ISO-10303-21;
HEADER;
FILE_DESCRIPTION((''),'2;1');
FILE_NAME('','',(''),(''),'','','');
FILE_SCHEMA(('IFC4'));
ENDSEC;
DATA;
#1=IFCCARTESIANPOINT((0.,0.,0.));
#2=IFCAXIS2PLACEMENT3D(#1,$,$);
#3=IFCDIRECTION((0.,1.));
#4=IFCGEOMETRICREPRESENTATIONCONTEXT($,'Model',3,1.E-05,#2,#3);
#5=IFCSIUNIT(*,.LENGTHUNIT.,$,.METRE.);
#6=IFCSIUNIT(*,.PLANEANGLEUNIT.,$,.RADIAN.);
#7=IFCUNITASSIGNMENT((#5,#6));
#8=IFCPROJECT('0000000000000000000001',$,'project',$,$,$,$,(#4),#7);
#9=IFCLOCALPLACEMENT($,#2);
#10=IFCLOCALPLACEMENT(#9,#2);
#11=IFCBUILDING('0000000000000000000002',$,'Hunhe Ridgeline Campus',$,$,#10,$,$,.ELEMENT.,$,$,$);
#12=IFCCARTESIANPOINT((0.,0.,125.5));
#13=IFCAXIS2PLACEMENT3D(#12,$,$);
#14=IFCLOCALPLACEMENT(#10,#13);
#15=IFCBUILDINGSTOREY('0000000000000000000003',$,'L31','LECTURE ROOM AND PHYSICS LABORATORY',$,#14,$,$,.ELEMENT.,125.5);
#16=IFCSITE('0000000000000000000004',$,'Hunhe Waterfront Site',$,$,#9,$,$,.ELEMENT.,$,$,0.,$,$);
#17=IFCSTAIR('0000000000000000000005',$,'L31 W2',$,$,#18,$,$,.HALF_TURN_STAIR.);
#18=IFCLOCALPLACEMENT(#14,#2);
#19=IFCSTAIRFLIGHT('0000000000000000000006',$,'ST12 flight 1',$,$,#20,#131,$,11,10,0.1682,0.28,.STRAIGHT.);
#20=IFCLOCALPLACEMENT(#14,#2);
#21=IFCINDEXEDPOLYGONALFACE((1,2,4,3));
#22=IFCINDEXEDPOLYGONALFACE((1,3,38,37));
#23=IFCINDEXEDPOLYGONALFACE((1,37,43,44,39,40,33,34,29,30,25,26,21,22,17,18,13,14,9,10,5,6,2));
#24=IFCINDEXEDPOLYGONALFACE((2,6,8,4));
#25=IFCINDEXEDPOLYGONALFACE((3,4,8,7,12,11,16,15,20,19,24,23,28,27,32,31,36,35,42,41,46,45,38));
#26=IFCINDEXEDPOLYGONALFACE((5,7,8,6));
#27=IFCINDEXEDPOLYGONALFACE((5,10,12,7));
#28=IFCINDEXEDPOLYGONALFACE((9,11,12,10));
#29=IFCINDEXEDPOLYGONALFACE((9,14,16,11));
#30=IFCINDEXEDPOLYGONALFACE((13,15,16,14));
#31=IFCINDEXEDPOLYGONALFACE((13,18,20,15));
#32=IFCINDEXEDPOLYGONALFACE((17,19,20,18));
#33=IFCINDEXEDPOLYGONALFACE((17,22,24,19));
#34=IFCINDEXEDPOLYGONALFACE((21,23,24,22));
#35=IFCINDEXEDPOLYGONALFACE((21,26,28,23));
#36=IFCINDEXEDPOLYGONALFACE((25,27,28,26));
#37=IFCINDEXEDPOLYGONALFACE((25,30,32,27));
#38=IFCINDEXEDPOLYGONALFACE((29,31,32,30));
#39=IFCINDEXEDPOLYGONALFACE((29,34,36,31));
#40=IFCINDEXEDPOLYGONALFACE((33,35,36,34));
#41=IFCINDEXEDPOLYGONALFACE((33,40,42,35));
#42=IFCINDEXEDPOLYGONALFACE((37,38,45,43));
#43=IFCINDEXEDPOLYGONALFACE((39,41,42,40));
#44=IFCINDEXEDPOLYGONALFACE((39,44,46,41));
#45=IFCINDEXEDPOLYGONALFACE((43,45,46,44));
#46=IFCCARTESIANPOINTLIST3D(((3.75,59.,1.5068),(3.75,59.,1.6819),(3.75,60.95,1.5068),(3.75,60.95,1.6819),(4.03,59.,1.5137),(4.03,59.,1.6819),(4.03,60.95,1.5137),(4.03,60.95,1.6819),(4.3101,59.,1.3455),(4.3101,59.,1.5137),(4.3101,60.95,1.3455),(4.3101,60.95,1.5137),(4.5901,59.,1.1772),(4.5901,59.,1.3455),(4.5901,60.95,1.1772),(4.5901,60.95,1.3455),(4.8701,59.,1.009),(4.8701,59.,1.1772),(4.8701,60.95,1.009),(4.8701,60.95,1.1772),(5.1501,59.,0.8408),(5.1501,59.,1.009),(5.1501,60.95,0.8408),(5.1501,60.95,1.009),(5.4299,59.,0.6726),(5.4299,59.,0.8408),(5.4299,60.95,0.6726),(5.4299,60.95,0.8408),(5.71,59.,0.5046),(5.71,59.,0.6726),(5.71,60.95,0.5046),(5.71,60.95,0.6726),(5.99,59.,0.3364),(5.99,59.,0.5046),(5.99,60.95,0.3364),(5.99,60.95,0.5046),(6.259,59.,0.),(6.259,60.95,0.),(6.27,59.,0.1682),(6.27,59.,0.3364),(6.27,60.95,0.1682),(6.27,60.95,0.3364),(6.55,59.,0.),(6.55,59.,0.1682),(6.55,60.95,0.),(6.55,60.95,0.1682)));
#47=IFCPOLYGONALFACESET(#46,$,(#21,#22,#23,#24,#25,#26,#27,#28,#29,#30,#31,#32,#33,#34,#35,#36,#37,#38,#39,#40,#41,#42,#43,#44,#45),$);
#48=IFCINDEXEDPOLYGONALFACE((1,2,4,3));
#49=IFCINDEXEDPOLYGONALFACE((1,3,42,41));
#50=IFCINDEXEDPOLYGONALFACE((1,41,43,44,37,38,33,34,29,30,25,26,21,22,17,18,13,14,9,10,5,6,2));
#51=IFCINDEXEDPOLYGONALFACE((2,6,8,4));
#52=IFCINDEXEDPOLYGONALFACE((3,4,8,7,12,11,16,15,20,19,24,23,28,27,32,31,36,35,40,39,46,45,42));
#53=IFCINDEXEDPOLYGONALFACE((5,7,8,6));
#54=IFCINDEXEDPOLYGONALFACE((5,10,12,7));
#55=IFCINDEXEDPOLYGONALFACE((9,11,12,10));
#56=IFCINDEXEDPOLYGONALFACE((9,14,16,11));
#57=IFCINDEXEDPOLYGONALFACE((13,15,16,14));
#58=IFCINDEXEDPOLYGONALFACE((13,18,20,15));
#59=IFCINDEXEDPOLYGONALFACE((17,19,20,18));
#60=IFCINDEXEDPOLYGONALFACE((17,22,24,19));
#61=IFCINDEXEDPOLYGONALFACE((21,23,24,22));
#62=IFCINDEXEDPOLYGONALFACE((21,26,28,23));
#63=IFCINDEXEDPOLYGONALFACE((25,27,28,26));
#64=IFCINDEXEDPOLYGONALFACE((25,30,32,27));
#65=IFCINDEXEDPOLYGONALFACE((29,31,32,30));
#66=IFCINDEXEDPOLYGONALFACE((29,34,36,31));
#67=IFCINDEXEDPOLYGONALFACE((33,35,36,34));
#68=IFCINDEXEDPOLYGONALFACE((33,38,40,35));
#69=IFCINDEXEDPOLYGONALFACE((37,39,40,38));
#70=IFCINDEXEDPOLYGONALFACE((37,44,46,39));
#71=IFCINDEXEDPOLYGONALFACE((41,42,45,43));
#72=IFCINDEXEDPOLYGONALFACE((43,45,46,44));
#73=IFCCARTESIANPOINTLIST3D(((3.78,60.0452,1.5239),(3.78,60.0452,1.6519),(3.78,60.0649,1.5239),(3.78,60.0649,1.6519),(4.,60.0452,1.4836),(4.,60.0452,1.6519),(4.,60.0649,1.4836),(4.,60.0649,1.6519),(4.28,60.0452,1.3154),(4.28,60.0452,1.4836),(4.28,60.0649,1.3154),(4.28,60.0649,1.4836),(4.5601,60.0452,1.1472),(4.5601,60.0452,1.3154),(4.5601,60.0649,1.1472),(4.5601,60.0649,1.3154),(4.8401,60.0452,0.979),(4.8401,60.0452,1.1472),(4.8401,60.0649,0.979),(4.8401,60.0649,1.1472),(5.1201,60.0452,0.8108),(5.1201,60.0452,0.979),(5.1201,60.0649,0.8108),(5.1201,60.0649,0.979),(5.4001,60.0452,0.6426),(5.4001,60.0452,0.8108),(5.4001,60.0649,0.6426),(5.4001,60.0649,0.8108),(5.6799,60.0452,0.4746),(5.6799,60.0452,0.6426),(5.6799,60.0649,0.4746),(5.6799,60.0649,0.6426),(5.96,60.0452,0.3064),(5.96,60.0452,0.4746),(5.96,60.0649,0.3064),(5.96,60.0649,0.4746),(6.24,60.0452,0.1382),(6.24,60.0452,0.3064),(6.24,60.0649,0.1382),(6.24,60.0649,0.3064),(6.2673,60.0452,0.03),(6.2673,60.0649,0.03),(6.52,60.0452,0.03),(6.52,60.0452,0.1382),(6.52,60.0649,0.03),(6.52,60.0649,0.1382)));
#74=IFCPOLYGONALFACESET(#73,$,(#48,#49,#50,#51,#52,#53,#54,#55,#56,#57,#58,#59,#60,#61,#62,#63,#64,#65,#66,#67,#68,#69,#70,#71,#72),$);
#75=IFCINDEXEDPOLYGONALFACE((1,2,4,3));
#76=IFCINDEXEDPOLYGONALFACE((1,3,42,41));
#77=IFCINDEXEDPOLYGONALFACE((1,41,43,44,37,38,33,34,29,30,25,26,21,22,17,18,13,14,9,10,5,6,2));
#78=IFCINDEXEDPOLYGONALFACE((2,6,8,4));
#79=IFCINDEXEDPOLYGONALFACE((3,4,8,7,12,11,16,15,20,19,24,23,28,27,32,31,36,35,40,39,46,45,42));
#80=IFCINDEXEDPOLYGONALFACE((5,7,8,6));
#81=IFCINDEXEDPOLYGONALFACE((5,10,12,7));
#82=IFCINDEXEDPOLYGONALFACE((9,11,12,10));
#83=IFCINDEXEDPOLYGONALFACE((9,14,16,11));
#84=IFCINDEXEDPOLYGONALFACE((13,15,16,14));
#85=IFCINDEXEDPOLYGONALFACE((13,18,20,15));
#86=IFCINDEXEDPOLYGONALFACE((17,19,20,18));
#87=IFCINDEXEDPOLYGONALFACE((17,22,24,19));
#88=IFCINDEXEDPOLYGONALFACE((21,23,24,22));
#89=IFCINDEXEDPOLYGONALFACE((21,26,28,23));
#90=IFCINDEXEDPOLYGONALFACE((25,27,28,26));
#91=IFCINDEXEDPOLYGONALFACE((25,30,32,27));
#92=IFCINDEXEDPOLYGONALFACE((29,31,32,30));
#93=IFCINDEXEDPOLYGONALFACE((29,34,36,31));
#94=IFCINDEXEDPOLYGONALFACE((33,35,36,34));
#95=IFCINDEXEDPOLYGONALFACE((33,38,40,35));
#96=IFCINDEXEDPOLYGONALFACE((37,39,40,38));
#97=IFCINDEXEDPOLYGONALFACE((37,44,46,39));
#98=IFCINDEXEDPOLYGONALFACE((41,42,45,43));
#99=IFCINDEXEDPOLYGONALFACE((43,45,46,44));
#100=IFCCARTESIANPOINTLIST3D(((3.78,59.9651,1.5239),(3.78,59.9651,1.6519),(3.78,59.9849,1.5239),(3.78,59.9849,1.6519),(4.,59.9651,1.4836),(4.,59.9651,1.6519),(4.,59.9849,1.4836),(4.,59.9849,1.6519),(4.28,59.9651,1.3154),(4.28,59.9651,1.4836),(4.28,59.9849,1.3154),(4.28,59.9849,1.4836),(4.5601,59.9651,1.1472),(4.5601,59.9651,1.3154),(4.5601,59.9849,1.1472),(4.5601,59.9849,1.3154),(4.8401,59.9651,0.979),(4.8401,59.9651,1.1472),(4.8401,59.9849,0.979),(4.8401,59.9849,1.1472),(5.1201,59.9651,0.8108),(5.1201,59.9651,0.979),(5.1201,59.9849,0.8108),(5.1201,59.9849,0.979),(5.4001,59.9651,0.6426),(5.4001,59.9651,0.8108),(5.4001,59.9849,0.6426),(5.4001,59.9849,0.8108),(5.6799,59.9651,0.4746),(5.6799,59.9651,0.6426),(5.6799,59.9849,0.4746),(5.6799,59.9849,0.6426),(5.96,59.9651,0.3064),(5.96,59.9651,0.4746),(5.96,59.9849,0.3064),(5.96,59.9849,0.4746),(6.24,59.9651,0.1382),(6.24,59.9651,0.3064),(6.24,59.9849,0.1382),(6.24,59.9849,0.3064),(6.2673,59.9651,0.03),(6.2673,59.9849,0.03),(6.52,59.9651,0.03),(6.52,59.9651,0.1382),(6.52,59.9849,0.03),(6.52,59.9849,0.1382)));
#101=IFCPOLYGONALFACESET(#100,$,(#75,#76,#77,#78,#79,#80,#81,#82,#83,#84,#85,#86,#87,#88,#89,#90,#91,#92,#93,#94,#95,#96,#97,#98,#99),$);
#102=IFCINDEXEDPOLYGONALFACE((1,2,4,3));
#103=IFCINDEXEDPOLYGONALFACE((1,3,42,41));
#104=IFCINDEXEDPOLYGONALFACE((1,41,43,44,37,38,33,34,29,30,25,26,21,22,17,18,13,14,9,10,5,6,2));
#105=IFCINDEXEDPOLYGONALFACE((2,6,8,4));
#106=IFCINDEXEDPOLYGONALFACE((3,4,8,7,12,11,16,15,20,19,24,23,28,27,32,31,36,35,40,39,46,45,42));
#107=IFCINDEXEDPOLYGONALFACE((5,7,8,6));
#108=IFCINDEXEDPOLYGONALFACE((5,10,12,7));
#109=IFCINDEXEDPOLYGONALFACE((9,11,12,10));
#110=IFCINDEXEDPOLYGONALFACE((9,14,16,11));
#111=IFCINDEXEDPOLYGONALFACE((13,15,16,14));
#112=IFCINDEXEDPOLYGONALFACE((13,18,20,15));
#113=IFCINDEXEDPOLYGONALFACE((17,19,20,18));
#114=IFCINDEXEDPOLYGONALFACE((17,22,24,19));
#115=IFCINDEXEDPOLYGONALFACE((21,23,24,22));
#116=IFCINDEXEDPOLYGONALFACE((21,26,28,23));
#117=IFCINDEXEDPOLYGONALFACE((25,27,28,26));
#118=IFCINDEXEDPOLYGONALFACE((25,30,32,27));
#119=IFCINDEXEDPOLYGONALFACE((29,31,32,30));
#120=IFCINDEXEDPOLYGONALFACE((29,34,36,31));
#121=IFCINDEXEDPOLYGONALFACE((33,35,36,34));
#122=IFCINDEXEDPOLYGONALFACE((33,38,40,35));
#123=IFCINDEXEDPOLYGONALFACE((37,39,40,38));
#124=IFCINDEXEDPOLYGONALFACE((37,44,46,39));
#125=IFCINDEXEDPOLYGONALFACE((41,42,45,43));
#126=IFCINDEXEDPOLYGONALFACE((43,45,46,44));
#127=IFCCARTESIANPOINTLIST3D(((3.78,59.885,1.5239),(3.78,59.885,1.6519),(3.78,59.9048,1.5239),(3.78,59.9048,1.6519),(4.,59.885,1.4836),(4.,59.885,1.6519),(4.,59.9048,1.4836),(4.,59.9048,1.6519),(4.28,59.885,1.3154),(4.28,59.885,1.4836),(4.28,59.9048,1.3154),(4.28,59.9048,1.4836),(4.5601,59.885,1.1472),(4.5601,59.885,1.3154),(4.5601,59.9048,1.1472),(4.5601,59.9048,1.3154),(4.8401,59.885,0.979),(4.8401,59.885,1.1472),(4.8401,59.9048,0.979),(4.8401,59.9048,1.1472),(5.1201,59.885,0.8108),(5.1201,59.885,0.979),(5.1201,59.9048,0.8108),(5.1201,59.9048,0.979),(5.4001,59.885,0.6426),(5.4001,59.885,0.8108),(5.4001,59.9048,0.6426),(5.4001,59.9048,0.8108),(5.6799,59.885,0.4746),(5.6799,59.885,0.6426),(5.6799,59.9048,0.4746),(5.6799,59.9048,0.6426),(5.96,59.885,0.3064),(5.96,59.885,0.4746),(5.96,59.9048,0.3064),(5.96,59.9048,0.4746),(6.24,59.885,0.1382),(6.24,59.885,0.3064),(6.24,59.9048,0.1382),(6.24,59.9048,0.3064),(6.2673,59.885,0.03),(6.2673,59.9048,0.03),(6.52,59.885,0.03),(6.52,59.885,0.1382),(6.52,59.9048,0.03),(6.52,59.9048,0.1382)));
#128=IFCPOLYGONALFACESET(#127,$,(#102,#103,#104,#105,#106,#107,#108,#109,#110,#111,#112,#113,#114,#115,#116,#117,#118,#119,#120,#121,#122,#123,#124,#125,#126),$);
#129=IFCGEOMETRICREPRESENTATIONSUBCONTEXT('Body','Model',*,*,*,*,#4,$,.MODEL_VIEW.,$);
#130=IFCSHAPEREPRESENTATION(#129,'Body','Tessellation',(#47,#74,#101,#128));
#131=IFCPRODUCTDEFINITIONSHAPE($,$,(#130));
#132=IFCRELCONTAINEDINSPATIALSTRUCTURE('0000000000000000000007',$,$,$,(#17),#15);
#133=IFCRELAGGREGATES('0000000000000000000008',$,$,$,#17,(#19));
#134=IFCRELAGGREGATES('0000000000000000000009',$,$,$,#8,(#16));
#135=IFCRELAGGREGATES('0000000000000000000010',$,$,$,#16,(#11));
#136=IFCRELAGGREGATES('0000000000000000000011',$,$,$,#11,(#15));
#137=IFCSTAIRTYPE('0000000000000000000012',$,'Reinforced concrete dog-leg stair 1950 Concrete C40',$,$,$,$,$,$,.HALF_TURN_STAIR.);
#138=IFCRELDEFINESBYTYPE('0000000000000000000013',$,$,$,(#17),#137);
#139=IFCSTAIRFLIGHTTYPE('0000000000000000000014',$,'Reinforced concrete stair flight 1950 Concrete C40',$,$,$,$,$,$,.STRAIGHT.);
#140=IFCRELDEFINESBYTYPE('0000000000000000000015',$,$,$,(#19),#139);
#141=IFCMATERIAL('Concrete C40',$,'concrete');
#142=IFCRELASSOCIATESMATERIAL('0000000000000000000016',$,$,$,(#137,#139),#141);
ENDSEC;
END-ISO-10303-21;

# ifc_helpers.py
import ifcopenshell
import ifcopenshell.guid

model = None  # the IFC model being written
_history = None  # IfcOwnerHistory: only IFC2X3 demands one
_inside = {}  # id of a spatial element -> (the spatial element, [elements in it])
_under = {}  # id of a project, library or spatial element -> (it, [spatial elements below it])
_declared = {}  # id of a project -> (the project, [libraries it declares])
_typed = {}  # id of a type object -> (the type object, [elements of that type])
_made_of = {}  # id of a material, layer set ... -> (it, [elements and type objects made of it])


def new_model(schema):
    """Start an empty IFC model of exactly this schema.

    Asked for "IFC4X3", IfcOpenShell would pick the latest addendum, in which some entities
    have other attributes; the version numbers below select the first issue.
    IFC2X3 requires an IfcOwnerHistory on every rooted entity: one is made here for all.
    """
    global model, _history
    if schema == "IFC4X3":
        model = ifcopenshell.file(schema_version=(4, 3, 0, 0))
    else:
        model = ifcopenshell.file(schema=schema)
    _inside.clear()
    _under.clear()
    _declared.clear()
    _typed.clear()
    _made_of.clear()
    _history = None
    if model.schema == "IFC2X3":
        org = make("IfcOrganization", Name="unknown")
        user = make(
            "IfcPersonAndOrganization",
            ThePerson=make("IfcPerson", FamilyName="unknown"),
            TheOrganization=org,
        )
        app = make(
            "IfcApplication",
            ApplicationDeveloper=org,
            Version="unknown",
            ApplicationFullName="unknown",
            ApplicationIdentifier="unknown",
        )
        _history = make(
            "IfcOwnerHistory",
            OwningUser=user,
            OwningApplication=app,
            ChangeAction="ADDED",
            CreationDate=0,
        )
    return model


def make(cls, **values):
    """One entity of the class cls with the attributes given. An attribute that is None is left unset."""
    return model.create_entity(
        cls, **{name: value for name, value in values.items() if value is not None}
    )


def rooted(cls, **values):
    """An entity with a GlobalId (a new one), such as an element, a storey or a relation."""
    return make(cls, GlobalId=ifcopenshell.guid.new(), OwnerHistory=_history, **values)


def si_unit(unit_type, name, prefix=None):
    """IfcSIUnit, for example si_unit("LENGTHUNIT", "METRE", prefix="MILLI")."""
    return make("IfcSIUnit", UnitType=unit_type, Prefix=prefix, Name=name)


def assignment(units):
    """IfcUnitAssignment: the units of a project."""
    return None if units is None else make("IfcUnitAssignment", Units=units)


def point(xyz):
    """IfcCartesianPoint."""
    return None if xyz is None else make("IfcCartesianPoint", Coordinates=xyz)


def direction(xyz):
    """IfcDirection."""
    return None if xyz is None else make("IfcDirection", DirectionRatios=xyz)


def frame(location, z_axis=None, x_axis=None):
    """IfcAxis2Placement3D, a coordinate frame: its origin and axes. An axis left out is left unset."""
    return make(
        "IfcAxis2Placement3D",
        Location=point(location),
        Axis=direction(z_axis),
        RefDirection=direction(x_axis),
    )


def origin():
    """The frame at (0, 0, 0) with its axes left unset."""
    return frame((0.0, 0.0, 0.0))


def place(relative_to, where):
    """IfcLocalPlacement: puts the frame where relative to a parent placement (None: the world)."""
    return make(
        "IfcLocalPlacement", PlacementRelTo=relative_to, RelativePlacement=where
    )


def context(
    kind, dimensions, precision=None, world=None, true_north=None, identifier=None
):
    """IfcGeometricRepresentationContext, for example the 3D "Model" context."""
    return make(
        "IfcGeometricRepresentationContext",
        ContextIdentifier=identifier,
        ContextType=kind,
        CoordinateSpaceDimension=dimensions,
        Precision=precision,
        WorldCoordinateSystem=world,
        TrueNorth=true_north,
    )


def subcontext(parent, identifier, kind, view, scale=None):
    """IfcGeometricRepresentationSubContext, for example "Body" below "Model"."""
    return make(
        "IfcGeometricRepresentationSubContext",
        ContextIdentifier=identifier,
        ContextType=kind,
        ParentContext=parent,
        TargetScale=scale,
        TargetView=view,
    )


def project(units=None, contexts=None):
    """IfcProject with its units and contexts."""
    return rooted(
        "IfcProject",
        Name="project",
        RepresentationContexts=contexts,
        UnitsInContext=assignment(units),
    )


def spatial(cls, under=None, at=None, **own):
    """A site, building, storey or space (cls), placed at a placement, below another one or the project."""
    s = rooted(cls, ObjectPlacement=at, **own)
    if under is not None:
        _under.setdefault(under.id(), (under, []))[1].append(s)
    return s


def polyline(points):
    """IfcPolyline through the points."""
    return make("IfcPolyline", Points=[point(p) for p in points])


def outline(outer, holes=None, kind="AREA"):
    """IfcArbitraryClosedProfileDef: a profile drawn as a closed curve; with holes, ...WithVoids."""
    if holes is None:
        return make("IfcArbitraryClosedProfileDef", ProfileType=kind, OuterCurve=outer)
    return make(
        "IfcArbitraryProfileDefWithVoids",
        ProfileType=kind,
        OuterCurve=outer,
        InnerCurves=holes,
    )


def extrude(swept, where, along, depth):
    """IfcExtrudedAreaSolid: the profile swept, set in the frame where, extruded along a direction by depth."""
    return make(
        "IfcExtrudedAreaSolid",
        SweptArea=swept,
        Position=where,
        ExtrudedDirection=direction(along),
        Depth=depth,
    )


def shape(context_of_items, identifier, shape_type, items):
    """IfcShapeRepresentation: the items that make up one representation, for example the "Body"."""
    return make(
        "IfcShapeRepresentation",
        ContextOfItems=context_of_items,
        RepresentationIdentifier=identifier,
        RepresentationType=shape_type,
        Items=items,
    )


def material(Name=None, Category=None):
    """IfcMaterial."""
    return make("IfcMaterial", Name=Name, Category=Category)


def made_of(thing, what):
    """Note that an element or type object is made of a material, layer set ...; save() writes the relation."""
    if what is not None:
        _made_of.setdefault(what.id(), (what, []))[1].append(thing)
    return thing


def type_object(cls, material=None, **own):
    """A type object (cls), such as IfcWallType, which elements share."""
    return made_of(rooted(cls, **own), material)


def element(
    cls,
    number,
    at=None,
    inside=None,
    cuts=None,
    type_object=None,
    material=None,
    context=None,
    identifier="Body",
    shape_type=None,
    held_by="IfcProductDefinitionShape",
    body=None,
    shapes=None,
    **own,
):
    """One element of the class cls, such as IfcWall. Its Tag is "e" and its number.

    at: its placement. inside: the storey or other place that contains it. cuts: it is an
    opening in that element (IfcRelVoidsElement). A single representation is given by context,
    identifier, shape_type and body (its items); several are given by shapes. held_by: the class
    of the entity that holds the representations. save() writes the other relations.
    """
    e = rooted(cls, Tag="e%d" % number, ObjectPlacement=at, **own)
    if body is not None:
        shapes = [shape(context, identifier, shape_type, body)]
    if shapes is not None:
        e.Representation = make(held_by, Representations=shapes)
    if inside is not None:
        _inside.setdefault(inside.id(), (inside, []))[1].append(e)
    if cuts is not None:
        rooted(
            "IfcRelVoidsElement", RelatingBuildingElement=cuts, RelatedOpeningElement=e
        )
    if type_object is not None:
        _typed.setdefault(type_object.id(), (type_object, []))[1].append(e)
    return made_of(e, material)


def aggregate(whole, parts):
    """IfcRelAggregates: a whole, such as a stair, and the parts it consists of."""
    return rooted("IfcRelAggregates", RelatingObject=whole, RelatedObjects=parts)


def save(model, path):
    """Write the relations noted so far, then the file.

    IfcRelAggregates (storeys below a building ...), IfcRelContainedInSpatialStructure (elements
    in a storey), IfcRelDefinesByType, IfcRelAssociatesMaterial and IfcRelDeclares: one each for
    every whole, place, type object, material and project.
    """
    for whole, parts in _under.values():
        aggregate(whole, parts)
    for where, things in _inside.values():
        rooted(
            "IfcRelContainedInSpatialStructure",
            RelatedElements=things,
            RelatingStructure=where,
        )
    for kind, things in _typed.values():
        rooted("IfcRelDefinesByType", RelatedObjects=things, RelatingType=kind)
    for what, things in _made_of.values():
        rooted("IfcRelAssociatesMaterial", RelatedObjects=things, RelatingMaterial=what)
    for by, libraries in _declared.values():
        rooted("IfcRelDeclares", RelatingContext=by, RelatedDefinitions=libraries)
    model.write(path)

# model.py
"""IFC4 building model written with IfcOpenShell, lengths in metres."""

from ifc_helpers import new_model, si_unit, direction, frame, origin, place, context, subcontext, project, spatial, polyline, outline, extrude, material, type_object, element, aggregate, save


model = new_model("IFC4")

# Units and contexts
model_context = context("Model", 3, precision=1e-05, world=origin(), true_north=direction((0.0, 1.0)))
body_context = subcontext(model_context, "Body", "Model", "MODEL_VIEW")
ifc_project = project(units=[si_unit("LENGTHUNIT", "METRE"), si_unit("PLANEANGLEUNIT", "RADIAN")], contexts=[model_context])

# Site, building, storey
site_placement = place(None, origin())
site = spatial("IfcSite", under=ifc_project, at=site_placement, Name="Hunhe Waterfront Site", CompositionType="ELEMENT", RefElevation=0.0)
building_placement = place(site_placement, origin())
building = spatial("IfcBuilding", under=site, at=building_placement, Name="Hunhe Ridgeline Campus", CompositionType="ELEMENT")
storey_placement = place(building_placement, frame((0.0, 0.0, 125.5)))
storey = spatial("IfcBuildingStorey", under=building, at=storey_placement, Name="L31", Description="LECTURE ROOM AND PHYSICS LABORATORY", CompositionType="ELEMENT", Elevation=125.5)

# Stair, stair flight
ifc_material_1 = material(Name="Concrete C40", Category="concrete")
stair_type = type_object("IfcStairType", Name="Reinforced concrete dog-leg stair 1950 Concrete C40", PredefinedType="HALF_TURN_STAIR", material=ifc_material_1)
stair_placement = place(storey_placement, origin())
stair = element("IfcStair", 1, at=stair_placement, inside=storey, type_object=stair_type, Name="L31 W2", PredefinedType="HALF_TURN_STAIR")
stair_flight_type = type_object("IfcStairFlightType", Name="Reinforced concrete stair flight 1950 Concrete C40", PredefinedType="STRAIGHT", material=ifc_material_1)
stair_flight_1_placement = place(storey_placement, frame((6.55, 59.9751, 0.0), z_axis=(0.0, 0.0, 1.0), x_axis=(-1.0, 0.0, 0.0)))
stair_flight_1 = element("IfcStairFlight", 2, at=stair_flight_1_placement, type_object=stair_flight_type, Name="ST12 flight 1", NumberOfRisers=11, NumberOfTreads=10, PredefinedType="STRAIGHT", RiserHeight=0.1682, TreadLength=0.28, context=body_context, shape_type="SweptSolid", body=[
    extrude(outline(polyline([(0.0, 0.0), (0.0, 0.1682), (0.28, 0.1682), (0.28, 0.3364), (0.5601, 0.3364), (0.5601, 0.5046), (0.8401, 0.5046), (0.8401, 0.6726), (1.1201, 0.6726), (1.1201, 0.8408), (1.3999, 0.8408), (1.3999, 1.009), (1.6799, 1.009), (1.6799, 1.1772), (1.96, 1.1772), (1.96, 1.3455), (2.24, 1.3455), (2.24, 1.5137), (2.52, 1.5137), (2.52, 1.6819), (2.8, 1.6819), (2.8, 1.8501), (2.8, 1.5068), (0.291, 0.0), (0.0, 0.0)])), frame((0.0, 0.9751, 0.0), z_axis=(0.0, -1.0, 0.0), x_axis=(1.0, 0.0, 0.0)), (0.0, 0.0, 1.0), 1.95),
    extrude(outline(polyline([(0.03, 0.03), (0.03, 0.1382), (0.3101, 0.1382), (0.3101, 0.3064), (0.5901, 0.3064), (0.5901, 0.4746), (0.8701, 0.4746), (0.8701, 0.6426), (1.1499, 0.6426), (1.1499, 0.8108), (1.4299, 0.8108), (1.4299, 0.979), (1.71, 0.979), (1.71, 1.1472), (1.99, 1.1472), (1.99, 1.3154), (2.27, 1.3154), (2.27, 1.4836), (2.55, 1.4836), (2.55, 1.6519), (2.77, 1.6519), (2.77, 1.5239), (0.2827, 0.03), (0.03, 0.03)])), frame((0.0, -0.0701, 0.0), z_axis=(0.0, -1.0, 0.0), x_axis=(1.0, 0.0, 0.0)), (0.0, 0.0, 1.0), 0.0198),
    extrude(outline(polyline([(0.03, 0.03), (0.03, 0.1382), (0.3101, 0.1382), (0.3101, 0.3064), (0.5901, 0.3064), (0.5901, 0.4746), (0.8701, 0.4746), (0.8701, 0.6426), (1.1499, 0.6426), (1.1499, 0.8108), (1.4299, 0.8108), (1.4299, 0.979), (1.71, 0.979), (1.71, 1.1472), (1.99, 1.1472), (1.99, 1.3154), (2.27, 1.3154), (2.27, 1.4836), (2.55, 1.4836), (2.55, 1.6519), (2.77, 1.6519), (2.77, 1.5239), (0.2827, 0.03), (0.03, 0.03)])), frame((0.0, 0.01, 0.0), z_axis=(0.0, -1.0, 0.0), x_axis=(1.0, 0.0, 0.0)), (0.0, 0.0, 1.0), 0.0198),
    extrude(outline(polyline([(0.03, 0.03), (0.03, 0.1382), (0.3101, 0.1382), (0.3101, 0.3064), (0.5901, 0.3064), (0.5901, 0.4746), (0.8701, 0.4746), (0.8701, 0.6426), (1.1499, 0.6426), (1.1499, 0.8108), (1.4299, 0.8108), (1.4299, 0.979), (1.71, 0.979), (1.71, 1.1472), (1.99, 1.1472), (1.99, 1.3154), (2.27, 1.3154), (2.27, 1.4836), (2.55, 1.4836), (2.55, 1.6519), (2.77, 1.6519), (2.77, 1.5239), (0.2827, 0.03), (0.03, 0.03)])), frame((0.0, 0.0901, 0.0), z_axis=(0.0, -1.0, 0.0), x_axis=(1.0, 0.0, 0.0)), (0.0, 0.0, 1.0), 0.0198),
])
aggregate(stair, [stair_flight_1])

save(model, "model.ifc")
